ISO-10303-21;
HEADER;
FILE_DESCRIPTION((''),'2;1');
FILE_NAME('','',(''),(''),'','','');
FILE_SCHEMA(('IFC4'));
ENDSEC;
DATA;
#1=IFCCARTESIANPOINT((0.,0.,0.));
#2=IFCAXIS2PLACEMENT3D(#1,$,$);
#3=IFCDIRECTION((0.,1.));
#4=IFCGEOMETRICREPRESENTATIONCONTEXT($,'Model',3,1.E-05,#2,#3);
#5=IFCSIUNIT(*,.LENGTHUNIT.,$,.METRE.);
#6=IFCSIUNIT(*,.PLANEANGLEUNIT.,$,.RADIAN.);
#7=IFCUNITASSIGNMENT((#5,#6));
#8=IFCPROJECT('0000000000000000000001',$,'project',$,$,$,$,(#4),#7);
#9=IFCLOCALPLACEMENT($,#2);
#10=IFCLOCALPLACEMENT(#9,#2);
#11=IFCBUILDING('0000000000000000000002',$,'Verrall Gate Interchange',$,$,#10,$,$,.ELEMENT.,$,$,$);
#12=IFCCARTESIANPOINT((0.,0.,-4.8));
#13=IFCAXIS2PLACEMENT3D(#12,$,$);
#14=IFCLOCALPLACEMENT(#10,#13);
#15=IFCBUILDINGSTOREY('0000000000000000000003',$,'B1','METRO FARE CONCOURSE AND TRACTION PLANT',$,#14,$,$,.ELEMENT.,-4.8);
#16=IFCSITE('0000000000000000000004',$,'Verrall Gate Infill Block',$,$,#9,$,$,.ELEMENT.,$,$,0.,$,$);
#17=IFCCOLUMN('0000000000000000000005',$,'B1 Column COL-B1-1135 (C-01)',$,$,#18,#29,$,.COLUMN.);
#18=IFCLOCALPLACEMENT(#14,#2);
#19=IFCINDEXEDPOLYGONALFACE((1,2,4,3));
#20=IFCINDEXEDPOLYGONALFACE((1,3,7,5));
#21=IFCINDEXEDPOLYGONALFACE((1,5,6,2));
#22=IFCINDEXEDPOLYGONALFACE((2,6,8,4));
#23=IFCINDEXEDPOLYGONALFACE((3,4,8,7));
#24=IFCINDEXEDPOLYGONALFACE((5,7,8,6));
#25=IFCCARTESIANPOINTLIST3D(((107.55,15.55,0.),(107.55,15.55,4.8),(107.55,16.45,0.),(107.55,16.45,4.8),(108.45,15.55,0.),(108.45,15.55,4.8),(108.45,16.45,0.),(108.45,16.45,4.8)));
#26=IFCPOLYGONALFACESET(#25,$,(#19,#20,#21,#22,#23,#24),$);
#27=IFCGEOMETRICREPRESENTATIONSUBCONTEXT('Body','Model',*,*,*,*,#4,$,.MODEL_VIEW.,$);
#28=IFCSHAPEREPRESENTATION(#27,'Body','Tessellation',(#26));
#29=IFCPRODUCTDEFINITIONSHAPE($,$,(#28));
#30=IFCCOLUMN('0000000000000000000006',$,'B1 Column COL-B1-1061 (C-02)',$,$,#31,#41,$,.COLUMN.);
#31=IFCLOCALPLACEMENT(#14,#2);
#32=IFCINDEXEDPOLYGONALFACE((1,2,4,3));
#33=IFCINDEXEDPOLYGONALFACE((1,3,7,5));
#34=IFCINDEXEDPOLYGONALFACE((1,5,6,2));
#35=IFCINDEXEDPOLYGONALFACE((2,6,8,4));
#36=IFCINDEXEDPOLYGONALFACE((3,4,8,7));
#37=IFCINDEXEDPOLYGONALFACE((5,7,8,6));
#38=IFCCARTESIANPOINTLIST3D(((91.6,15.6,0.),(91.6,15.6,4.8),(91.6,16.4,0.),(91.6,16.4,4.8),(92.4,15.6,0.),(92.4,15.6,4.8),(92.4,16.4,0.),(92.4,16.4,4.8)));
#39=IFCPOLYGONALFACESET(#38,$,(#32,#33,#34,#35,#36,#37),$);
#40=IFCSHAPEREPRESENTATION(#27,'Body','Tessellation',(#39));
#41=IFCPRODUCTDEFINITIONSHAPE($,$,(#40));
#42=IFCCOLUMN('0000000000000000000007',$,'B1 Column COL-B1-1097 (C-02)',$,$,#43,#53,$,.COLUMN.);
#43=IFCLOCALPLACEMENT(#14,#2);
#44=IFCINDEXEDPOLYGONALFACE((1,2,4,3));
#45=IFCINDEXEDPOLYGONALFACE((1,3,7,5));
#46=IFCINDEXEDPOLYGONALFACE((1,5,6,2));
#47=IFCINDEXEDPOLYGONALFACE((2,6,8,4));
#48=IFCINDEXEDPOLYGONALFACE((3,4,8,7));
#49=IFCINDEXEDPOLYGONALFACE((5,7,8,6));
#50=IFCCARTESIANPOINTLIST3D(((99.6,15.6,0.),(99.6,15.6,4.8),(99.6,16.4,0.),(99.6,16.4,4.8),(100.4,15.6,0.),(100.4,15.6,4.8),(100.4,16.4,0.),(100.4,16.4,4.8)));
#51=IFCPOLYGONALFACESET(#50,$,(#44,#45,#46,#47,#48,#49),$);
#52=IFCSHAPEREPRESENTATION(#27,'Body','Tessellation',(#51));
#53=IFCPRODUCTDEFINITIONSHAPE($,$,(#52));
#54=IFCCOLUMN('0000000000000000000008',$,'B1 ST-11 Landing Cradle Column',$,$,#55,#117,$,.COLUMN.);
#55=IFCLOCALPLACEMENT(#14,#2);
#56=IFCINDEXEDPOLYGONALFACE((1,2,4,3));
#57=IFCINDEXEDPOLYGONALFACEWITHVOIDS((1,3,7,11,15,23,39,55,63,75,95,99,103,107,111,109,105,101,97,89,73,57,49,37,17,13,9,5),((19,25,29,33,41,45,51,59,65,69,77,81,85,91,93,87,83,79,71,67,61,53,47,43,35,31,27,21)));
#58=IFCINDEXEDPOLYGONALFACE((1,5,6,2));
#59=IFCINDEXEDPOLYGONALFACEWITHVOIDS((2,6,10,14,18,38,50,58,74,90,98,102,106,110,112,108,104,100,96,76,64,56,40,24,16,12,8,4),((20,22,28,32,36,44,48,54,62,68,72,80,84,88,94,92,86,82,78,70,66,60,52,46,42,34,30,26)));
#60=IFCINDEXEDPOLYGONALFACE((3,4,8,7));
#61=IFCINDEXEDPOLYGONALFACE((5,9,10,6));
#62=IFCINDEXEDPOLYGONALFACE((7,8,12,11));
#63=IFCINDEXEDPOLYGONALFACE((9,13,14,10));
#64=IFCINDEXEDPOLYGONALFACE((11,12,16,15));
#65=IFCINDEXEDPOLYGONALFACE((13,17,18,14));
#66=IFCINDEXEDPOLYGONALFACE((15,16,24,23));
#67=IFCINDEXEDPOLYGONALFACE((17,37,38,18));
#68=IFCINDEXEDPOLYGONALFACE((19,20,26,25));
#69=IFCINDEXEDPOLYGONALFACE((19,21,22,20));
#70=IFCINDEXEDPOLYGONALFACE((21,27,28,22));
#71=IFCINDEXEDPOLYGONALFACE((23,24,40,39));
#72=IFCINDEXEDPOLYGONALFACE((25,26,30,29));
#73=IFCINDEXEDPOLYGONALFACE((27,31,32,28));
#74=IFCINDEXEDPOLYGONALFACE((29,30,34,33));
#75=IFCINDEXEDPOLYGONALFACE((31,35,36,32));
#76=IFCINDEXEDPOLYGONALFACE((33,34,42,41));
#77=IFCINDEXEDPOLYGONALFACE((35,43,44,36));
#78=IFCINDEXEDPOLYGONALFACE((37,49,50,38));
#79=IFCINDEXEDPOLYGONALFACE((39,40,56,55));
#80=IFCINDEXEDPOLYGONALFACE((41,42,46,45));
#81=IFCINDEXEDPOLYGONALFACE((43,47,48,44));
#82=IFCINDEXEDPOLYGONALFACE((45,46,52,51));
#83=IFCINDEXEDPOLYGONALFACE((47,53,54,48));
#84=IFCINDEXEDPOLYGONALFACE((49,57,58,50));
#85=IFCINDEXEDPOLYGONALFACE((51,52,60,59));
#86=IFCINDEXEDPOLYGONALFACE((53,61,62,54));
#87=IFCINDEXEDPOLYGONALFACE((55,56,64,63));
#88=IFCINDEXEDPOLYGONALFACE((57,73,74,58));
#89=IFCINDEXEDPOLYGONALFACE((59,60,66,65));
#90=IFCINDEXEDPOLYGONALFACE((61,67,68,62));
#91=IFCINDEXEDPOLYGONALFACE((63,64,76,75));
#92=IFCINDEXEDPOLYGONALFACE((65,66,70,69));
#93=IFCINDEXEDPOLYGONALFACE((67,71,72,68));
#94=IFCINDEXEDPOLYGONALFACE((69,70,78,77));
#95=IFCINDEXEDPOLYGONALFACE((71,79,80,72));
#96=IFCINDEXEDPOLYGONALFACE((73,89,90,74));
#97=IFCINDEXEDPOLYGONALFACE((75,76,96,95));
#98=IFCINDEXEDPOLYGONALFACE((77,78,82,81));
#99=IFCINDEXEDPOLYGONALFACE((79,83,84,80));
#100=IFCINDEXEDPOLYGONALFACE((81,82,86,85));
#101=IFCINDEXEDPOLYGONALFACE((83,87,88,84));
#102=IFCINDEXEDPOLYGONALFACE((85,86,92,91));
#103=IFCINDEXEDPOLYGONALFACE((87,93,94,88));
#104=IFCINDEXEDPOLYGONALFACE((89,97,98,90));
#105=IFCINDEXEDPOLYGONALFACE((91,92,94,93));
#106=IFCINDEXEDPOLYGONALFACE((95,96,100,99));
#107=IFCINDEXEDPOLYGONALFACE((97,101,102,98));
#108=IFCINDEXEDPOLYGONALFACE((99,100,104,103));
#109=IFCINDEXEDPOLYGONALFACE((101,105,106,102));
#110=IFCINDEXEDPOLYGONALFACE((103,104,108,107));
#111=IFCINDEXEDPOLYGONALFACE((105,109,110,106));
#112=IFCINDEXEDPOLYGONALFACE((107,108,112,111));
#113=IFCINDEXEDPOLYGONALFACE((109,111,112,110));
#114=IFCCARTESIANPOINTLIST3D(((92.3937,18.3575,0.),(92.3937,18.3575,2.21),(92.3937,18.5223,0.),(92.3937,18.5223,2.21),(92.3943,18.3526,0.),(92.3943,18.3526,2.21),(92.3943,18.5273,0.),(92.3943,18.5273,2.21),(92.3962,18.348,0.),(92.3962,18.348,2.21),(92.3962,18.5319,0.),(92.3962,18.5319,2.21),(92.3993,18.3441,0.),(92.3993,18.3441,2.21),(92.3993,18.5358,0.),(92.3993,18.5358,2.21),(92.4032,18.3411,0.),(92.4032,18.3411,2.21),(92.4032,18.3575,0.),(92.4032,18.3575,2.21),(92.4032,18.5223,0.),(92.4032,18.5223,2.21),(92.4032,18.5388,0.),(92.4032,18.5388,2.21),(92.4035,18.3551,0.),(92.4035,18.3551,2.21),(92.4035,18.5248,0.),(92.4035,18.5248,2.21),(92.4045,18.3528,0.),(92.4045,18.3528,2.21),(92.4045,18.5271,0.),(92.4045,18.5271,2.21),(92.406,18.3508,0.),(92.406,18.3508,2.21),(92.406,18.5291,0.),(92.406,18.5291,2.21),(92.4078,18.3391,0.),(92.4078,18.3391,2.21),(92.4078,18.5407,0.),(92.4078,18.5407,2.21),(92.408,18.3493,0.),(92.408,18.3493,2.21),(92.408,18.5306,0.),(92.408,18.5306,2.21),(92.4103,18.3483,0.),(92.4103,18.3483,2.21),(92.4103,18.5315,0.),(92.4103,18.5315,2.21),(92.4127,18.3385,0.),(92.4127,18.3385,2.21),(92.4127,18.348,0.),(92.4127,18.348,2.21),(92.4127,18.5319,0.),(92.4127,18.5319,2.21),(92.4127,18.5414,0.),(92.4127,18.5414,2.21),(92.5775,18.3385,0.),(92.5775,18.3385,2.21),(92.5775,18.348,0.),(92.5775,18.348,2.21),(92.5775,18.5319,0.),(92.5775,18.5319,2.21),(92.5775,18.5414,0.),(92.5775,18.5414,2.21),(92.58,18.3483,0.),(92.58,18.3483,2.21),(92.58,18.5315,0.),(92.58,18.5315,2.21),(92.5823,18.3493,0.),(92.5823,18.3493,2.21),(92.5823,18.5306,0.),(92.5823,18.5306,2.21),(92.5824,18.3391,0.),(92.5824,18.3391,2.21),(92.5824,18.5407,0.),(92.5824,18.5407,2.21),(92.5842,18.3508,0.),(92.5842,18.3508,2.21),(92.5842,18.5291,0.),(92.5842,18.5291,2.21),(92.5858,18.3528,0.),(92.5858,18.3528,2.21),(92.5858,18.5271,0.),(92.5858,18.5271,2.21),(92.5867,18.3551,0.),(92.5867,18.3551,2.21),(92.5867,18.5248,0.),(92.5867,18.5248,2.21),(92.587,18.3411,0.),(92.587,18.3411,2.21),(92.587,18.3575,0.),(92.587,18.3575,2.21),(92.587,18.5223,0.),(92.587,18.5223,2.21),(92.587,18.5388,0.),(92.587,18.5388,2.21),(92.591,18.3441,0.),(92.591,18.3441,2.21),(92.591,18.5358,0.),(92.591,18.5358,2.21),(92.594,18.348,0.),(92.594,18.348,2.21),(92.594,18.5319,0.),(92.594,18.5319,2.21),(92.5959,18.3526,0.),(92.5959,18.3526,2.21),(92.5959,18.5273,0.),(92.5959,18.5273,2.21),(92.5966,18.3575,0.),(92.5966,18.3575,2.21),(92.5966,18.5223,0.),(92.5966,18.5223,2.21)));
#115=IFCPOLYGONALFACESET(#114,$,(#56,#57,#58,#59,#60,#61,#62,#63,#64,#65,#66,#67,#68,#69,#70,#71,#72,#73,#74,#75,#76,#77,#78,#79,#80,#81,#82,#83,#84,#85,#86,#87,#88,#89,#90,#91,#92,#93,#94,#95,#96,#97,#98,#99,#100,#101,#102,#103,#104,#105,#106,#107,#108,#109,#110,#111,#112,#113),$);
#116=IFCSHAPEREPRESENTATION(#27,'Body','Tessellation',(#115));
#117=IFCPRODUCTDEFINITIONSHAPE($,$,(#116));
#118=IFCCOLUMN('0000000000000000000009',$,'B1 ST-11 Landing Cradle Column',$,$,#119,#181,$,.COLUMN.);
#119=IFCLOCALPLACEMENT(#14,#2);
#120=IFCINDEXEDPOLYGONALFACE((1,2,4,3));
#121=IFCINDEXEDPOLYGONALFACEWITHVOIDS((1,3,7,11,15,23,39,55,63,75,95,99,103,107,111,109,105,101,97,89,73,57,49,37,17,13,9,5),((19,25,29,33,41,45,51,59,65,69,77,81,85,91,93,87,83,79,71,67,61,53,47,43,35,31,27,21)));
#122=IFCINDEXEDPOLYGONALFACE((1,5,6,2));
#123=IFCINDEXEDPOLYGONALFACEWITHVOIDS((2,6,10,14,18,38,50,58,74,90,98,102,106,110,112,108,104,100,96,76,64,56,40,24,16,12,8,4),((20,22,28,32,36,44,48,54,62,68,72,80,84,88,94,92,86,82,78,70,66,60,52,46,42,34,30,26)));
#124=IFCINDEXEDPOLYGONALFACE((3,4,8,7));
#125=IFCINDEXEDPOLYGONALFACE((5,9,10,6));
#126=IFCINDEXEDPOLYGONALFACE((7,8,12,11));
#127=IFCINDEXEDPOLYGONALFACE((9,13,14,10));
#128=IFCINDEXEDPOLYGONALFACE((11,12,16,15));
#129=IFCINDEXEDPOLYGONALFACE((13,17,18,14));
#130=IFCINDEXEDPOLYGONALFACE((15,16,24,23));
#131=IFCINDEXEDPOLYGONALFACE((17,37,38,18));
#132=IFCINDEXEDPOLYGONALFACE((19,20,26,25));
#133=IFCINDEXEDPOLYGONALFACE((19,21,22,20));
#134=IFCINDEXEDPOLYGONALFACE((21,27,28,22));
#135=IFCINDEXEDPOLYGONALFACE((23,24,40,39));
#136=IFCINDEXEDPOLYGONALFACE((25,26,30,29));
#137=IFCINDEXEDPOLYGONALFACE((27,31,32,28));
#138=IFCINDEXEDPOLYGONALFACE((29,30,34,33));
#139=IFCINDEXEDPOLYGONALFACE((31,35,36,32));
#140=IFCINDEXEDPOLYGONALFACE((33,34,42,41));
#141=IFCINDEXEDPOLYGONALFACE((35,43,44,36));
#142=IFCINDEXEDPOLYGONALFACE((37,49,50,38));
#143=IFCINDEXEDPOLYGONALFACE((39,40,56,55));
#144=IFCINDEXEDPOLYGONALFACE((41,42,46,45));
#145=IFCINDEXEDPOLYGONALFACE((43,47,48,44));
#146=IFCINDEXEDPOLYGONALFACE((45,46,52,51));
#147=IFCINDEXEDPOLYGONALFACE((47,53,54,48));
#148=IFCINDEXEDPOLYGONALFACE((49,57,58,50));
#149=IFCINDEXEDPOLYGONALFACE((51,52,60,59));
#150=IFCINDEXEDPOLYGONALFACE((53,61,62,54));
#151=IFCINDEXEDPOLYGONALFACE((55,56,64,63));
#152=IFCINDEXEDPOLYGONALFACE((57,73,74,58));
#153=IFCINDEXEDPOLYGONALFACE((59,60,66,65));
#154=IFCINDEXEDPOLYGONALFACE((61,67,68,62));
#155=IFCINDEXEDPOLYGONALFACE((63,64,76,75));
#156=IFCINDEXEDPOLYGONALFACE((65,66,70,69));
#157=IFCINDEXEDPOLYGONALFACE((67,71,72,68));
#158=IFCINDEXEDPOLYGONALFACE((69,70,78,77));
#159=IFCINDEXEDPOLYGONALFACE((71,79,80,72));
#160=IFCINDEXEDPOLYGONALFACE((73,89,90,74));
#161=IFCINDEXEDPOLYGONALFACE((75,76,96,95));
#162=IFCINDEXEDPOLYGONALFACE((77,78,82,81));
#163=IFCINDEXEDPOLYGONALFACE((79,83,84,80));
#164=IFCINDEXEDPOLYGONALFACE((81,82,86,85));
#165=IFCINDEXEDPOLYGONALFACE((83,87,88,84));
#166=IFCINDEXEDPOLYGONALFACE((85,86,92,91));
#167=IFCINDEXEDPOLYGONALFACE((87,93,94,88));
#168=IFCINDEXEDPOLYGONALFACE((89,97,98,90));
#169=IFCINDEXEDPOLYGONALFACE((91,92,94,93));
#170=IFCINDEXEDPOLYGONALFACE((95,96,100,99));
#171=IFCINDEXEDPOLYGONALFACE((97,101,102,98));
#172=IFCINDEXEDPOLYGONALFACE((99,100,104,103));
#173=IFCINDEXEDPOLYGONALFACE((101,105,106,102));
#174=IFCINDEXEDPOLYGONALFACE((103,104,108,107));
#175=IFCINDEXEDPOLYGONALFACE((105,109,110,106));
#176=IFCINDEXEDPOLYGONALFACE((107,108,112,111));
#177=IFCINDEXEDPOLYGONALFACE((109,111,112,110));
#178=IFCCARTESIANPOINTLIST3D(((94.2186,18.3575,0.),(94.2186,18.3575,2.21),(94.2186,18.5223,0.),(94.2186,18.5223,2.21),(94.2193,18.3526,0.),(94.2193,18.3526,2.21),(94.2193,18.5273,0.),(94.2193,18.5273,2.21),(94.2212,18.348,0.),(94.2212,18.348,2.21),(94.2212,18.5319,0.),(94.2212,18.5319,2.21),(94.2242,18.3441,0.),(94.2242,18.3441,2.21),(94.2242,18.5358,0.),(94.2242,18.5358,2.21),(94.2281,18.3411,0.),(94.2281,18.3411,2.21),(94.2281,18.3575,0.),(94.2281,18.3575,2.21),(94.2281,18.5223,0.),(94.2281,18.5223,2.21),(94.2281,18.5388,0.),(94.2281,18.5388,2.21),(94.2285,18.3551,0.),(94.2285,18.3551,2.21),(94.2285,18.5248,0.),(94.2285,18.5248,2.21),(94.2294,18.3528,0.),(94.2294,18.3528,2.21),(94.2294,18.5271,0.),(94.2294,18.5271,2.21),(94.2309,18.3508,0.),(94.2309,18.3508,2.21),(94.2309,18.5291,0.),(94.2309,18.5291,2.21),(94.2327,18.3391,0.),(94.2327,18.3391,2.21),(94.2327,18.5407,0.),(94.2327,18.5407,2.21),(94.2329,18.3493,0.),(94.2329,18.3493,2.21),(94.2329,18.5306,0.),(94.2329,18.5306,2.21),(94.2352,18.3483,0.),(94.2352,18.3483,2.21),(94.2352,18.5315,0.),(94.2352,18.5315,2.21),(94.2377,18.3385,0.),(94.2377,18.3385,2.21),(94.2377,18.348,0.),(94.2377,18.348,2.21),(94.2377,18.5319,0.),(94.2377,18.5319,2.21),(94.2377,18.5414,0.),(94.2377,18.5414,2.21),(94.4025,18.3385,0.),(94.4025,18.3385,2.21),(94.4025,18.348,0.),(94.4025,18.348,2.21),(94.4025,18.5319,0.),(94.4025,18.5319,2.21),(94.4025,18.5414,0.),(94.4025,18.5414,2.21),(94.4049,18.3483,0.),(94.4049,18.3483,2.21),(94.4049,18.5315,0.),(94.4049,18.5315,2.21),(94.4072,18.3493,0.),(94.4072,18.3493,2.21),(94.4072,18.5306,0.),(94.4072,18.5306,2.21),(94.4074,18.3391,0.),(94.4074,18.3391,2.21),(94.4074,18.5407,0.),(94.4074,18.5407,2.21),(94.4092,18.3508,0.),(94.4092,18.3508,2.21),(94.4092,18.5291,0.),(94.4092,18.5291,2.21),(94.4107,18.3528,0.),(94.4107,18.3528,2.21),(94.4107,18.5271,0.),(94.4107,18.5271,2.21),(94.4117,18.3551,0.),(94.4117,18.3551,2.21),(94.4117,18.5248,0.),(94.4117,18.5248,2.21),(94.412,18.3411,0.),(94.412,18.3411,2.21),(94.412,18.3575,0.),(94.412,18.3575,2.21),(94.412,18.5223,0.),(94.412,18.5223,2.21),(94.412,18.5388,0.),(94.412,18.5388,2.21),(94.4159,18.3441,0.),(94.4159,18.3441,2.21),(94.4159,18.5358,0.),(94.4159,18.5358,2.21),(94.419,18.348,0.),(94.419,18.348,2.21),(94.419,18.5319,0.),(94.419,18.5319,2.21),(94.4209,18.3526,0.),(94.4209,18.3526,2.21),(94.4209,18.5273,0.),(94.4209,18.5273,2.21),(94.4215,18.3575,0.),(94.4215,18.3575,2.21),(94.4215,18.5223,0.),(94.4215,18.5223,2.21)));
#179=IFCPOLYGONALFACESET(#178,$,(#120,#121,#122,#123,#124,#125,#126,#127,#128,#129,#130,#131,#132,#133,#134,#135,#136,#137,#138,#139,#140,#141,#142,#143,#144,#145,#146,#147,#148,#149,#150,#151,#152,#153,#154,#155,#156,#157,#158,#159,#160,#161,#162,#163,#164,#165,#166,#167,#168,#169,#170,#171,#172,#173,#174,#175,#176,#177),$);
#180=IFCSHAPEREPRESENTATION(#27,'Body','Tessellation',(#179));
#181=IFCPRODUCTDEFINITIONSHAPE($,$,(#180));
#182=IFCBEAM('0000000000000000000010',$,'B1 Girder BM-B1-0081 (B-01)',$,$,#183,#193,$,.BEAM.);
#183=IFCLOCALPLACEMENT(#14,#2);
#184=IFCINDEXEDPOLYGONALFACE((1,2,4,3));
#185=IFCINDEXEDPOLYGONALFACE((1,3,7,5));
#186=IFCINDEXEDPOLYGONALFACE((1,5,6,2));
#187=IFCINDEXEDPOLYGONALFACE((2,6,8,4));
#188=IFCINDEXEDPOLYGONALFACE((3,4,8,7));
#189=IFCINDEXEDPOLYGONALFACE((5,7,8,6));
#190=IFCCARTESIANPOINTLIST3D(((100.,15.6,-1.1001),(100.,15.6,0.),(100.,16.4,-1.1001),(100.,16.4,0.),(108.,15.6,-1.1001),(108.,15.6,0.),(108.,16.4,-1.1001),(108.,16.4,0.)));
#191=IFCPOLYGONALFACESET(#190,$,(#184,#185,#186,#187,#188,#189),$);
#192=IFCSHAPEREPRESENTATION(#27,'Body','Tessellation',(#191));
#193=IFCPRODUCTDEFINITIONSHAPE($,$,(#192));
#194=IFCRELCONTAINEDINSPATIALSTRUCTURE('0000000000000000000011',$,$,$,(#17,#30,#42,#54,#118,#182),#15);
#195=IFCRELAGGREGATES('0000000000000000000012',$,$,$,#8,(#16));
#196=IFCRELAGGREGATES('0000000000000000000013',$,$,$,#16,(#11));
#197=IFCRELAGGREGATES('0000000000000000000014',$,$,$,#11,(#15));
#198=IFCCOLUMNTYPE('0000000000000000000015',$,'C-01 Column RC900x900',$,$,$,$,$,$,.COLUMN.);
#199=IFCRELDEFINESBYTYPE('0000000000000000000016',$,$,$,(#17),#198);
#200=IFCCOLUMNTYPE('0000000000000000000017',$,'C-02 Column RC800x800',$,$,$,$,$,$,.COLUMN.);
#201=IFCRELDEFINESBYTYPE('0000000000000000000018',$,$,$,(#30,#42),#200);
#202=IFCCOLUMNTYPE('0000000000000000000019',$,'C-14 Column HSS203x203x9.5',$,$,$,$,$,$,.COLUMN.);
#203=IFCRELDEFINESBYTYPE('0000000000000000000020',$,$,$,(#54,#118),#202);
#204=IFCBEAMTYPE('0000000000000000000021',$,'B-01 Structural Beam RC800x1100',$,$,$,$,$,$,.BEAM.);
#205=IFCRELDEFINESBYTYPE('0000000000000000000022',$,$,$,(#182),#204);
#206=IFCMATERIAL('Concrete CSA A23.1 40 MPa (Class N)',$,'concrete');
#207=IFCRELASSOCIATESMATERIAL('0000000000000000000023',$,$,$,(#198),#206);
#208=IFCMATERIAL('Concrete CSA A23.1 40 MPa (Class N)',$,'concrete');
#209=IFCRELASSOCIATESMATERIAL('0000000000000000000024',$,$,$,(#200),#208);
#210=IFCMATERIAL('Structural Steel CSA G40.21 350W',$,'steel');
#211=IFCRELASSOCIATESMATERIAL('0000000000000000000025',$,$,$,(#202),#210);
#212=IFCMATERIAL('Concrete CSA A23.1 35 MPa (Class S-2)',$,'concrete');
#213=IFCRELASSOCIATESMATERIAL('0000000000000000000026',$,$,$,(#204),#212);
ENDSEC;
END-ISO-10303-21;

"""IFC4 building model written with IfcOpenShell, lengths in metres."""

from ifc_helpers import new_model, si_unit, direction, frame, origin, origin_2d, place, context, subcontext, project, spatial, rectangle, hollow_rectangle, extrude, material, material_profile, profile_set, type_object, element, save


model = new_model("IFC4")

# Units and contexts
model_context = context("Model", 3, precision=1e-05, world=origin(), true_north=direction((0.0, 1.0)))
body_context = subcontext(model_context, "Body", "Model", "MODEL_VIEW")
ifc_project = project(units=[si_unit("LENGTHUNIT", "METRE"), si_unit("PLANEANGLEUNIT", "RADIAN")], contexts=[model_context])

# Site, building, storey
site_placement = place(None, origin())
site = spatial("IfcSite", under=ifc_project, at=site_placement, Name="Verrall Gate Infill Block", CompositionType="ELEMENT", RefElevation=0.0)
building_placement = place(site_placement, origin())
building = spatial("IfcBuilding", under=site, at=building_placement, Name="Verrall Gate Interchange", CompositionType="ELEMENT")
storey_placement = place(building_placement, frame((0.0, 0.0, -4.8)))
storey = spatial("IfcBuildingStorey", under=building, at=storey_placement, Name="B1", Description="METRO FARE CONCOURSE AND TRACTION PLANT", CompositionType="ELEMENT", Elevation=-4.8)

# Columns
ifc_material_1 = material(Name="Concrete CSA A23.1 40 MPa (Class N)", Category="concrete")
ifc_material_profile_1 = material_profile(ifc_material_1, rectangle(XDim=0.8999, YDim=0.8999, at=origin_2d()), Name="RC900x900")
ifc_profile_set_1 = profile_set([ifc_material_profile_1], Name="Concrete CSA A23.1 40 MPa (Class N)")
column_type_1 = type_object("IfcColumnType", Name="C-01 Column RC900x900", PredefinedType="COLUMN", material=ifc_profile_set_1)
column_placement = place(storey_placement, frame((108.0, 16.0, 0.0), z_axis=(0.0, 0.0, 1.0), x_axis=(1.0, 0.0, 0.0)))
element("IfcColumn", 1, at=column_placement, inside=storey, type_object=column_type_1, Name="B1 Column COL-B1-1135 (C-01)", PredefinedType="COLUMN", context=body_context, shape_type="SweptSolid", body=[
    extrude(rectangle(XDim=0.8999, YDim=0.8999, at=origin_2d()), origin(), (0.0, 0.0, 1.0), 4.8),
])
ifc_material_2 = material(Name="Concrete CSA A23.1 40 MPa (Class N)", Category="concrete")
ifc_material_profile_2 = material_profile(ifc_material_2, rectangle(XDim=0.8, YDim=0.8, at=origin_2d()), Name="RC800x800")
ifc_profile_set_2 = profile_set([ifc_material_profile_2], Name="Concrete CSA A23.1 40 MPa (Class N)")
column_type_2 = type_object("IfcColumnType", Name="C-02 Column RC800x800", PredefinedType="COLUMN", material=ifc_profile_set_2)
for number, where, z_axis, x_axis, name in (
    (2, (92.0, 16.0, 0.0), (0.0, 0.0, 1.0), (1.0, 0.0, 0.0), "B1 Column COL-B1-1061 (C-02)"),
    (3, (100.0, 16.0, 0.0), (0.0, 0.0, 1.0), (1.0, 0.0, 0.0), "B1 Column COL-B1-1097 (C-02)"),
):
    element("IfcColumn", number, at=place(storey_placement, frame(where, z_axis=z_axis, x_axis=x_axis)), inside=storey, type_object=column_type_2, Name=name, PredefinedType="COLUMN", context=body_context, shape_type="SweptSolid", body=[
        extrude(rectangle(XDim=0.8, YDim=0.8, at=origin_2d()), origin(), (0.0, 0.0, 1.0), 4.8),
    ])
ifc_material_3 = material(Name="Structural Steel CSA G40.21 350W", Category="steel")
ifc_material_profile_3 = material_profile(ifc_material_3, hollow_rectangle(XDim=0.2029, YDim=0.2029, WallThickness=0.0095, InnerFilletRadius=0.0095, OuterFilletRadius=0.019, at=origin_2d()), Name="HSS203x203x9.5")
ifc_profile_set_3 = profile_set([ifc_material_profile_3], Name="Structural Steel CSA G40.21 350W")
column_type_3 = type_object("IfcColumnType", Name="C-14 Column HSS203x203x9.5", PredefinedType="COLUMN", material=ifc_profile_set_3)
for number, where, z_axis, x_axis, name in (
    (4, (92.4951, 18.4399, 0.0), (0.0, 0.0, 1.0), (1.0, 0.0, 0.0), "B1 ST-11 Landing Cradle Column"),
    (5, (94.3201, 18.4399, 0.0), (0.0, 0.0, 1.0), (1.0, 0.0, 0.0), "B1 ST-11 Landing Cradle Column"),
):
    element("IfcColumn", number, at=place(storey_placement, frame(where, z_axis=z_axis, x_axis=x_axis)), inside=storey, type_object=column_type_3, Name=name, PredefinedType="COLUMN", context=body_context, shape_type="SweptSolid", body=[
        extrude(hollow_rectangle(XDim=0.2029, YDim=0.2029, WallThickness=0.0095, InnerFilletRadius=0.0095, OuterFilletRadius=0.019, at=origin_2d()), origin(), (0.0, 0.0, 1.0), 2.21),
    ])

# Beam
ifc_material_4 = material(Name="Concrete CSA A23.1 35 MPa (Class S-2)", Category="concrete")
ifc_material_profile_4 = material_profile(ifc_material_4, rectangle(XDim=0.8, YDim=1.1001, at=origin_2d()), Name="RC800x1100")
ifc_profile_set_4 = profile_set([ifc_material_profile_4], Name="Concrete CSA A23.1 35 MPa (Class S-2)")
beam_type_1 = type_object("IfcBeamType", Name="B-01 Structural Beam RC800x1100", PredefinedType="BEAM", material=ifc_profile_set_4)
for number, where, z_axis, x_axis, name in (
    (6, (100.0, 16.0, -0.55), (1.0, 0.0, 0.0), (0.0, 1.0, 0.0), "B1 Girder BM-B1-0081 (B-01)"),
):
    element("IfcBeam", number, at=place(storey_placement, frame(where, z_axis=z_axis, x_axis=x_axis)), inside=storey, type_object=beam_type_1, Name=name, PredefinedType="BEAM", context=body_context, shape_type="SweptSolid", body=[
        extrude(rectangle(XDim=0.8, YDim=1.1001, at=origin_2d()), origin(), (0.0, 0.0, 1.0), 8.0),
    ])

save(model, "model.ifc")
